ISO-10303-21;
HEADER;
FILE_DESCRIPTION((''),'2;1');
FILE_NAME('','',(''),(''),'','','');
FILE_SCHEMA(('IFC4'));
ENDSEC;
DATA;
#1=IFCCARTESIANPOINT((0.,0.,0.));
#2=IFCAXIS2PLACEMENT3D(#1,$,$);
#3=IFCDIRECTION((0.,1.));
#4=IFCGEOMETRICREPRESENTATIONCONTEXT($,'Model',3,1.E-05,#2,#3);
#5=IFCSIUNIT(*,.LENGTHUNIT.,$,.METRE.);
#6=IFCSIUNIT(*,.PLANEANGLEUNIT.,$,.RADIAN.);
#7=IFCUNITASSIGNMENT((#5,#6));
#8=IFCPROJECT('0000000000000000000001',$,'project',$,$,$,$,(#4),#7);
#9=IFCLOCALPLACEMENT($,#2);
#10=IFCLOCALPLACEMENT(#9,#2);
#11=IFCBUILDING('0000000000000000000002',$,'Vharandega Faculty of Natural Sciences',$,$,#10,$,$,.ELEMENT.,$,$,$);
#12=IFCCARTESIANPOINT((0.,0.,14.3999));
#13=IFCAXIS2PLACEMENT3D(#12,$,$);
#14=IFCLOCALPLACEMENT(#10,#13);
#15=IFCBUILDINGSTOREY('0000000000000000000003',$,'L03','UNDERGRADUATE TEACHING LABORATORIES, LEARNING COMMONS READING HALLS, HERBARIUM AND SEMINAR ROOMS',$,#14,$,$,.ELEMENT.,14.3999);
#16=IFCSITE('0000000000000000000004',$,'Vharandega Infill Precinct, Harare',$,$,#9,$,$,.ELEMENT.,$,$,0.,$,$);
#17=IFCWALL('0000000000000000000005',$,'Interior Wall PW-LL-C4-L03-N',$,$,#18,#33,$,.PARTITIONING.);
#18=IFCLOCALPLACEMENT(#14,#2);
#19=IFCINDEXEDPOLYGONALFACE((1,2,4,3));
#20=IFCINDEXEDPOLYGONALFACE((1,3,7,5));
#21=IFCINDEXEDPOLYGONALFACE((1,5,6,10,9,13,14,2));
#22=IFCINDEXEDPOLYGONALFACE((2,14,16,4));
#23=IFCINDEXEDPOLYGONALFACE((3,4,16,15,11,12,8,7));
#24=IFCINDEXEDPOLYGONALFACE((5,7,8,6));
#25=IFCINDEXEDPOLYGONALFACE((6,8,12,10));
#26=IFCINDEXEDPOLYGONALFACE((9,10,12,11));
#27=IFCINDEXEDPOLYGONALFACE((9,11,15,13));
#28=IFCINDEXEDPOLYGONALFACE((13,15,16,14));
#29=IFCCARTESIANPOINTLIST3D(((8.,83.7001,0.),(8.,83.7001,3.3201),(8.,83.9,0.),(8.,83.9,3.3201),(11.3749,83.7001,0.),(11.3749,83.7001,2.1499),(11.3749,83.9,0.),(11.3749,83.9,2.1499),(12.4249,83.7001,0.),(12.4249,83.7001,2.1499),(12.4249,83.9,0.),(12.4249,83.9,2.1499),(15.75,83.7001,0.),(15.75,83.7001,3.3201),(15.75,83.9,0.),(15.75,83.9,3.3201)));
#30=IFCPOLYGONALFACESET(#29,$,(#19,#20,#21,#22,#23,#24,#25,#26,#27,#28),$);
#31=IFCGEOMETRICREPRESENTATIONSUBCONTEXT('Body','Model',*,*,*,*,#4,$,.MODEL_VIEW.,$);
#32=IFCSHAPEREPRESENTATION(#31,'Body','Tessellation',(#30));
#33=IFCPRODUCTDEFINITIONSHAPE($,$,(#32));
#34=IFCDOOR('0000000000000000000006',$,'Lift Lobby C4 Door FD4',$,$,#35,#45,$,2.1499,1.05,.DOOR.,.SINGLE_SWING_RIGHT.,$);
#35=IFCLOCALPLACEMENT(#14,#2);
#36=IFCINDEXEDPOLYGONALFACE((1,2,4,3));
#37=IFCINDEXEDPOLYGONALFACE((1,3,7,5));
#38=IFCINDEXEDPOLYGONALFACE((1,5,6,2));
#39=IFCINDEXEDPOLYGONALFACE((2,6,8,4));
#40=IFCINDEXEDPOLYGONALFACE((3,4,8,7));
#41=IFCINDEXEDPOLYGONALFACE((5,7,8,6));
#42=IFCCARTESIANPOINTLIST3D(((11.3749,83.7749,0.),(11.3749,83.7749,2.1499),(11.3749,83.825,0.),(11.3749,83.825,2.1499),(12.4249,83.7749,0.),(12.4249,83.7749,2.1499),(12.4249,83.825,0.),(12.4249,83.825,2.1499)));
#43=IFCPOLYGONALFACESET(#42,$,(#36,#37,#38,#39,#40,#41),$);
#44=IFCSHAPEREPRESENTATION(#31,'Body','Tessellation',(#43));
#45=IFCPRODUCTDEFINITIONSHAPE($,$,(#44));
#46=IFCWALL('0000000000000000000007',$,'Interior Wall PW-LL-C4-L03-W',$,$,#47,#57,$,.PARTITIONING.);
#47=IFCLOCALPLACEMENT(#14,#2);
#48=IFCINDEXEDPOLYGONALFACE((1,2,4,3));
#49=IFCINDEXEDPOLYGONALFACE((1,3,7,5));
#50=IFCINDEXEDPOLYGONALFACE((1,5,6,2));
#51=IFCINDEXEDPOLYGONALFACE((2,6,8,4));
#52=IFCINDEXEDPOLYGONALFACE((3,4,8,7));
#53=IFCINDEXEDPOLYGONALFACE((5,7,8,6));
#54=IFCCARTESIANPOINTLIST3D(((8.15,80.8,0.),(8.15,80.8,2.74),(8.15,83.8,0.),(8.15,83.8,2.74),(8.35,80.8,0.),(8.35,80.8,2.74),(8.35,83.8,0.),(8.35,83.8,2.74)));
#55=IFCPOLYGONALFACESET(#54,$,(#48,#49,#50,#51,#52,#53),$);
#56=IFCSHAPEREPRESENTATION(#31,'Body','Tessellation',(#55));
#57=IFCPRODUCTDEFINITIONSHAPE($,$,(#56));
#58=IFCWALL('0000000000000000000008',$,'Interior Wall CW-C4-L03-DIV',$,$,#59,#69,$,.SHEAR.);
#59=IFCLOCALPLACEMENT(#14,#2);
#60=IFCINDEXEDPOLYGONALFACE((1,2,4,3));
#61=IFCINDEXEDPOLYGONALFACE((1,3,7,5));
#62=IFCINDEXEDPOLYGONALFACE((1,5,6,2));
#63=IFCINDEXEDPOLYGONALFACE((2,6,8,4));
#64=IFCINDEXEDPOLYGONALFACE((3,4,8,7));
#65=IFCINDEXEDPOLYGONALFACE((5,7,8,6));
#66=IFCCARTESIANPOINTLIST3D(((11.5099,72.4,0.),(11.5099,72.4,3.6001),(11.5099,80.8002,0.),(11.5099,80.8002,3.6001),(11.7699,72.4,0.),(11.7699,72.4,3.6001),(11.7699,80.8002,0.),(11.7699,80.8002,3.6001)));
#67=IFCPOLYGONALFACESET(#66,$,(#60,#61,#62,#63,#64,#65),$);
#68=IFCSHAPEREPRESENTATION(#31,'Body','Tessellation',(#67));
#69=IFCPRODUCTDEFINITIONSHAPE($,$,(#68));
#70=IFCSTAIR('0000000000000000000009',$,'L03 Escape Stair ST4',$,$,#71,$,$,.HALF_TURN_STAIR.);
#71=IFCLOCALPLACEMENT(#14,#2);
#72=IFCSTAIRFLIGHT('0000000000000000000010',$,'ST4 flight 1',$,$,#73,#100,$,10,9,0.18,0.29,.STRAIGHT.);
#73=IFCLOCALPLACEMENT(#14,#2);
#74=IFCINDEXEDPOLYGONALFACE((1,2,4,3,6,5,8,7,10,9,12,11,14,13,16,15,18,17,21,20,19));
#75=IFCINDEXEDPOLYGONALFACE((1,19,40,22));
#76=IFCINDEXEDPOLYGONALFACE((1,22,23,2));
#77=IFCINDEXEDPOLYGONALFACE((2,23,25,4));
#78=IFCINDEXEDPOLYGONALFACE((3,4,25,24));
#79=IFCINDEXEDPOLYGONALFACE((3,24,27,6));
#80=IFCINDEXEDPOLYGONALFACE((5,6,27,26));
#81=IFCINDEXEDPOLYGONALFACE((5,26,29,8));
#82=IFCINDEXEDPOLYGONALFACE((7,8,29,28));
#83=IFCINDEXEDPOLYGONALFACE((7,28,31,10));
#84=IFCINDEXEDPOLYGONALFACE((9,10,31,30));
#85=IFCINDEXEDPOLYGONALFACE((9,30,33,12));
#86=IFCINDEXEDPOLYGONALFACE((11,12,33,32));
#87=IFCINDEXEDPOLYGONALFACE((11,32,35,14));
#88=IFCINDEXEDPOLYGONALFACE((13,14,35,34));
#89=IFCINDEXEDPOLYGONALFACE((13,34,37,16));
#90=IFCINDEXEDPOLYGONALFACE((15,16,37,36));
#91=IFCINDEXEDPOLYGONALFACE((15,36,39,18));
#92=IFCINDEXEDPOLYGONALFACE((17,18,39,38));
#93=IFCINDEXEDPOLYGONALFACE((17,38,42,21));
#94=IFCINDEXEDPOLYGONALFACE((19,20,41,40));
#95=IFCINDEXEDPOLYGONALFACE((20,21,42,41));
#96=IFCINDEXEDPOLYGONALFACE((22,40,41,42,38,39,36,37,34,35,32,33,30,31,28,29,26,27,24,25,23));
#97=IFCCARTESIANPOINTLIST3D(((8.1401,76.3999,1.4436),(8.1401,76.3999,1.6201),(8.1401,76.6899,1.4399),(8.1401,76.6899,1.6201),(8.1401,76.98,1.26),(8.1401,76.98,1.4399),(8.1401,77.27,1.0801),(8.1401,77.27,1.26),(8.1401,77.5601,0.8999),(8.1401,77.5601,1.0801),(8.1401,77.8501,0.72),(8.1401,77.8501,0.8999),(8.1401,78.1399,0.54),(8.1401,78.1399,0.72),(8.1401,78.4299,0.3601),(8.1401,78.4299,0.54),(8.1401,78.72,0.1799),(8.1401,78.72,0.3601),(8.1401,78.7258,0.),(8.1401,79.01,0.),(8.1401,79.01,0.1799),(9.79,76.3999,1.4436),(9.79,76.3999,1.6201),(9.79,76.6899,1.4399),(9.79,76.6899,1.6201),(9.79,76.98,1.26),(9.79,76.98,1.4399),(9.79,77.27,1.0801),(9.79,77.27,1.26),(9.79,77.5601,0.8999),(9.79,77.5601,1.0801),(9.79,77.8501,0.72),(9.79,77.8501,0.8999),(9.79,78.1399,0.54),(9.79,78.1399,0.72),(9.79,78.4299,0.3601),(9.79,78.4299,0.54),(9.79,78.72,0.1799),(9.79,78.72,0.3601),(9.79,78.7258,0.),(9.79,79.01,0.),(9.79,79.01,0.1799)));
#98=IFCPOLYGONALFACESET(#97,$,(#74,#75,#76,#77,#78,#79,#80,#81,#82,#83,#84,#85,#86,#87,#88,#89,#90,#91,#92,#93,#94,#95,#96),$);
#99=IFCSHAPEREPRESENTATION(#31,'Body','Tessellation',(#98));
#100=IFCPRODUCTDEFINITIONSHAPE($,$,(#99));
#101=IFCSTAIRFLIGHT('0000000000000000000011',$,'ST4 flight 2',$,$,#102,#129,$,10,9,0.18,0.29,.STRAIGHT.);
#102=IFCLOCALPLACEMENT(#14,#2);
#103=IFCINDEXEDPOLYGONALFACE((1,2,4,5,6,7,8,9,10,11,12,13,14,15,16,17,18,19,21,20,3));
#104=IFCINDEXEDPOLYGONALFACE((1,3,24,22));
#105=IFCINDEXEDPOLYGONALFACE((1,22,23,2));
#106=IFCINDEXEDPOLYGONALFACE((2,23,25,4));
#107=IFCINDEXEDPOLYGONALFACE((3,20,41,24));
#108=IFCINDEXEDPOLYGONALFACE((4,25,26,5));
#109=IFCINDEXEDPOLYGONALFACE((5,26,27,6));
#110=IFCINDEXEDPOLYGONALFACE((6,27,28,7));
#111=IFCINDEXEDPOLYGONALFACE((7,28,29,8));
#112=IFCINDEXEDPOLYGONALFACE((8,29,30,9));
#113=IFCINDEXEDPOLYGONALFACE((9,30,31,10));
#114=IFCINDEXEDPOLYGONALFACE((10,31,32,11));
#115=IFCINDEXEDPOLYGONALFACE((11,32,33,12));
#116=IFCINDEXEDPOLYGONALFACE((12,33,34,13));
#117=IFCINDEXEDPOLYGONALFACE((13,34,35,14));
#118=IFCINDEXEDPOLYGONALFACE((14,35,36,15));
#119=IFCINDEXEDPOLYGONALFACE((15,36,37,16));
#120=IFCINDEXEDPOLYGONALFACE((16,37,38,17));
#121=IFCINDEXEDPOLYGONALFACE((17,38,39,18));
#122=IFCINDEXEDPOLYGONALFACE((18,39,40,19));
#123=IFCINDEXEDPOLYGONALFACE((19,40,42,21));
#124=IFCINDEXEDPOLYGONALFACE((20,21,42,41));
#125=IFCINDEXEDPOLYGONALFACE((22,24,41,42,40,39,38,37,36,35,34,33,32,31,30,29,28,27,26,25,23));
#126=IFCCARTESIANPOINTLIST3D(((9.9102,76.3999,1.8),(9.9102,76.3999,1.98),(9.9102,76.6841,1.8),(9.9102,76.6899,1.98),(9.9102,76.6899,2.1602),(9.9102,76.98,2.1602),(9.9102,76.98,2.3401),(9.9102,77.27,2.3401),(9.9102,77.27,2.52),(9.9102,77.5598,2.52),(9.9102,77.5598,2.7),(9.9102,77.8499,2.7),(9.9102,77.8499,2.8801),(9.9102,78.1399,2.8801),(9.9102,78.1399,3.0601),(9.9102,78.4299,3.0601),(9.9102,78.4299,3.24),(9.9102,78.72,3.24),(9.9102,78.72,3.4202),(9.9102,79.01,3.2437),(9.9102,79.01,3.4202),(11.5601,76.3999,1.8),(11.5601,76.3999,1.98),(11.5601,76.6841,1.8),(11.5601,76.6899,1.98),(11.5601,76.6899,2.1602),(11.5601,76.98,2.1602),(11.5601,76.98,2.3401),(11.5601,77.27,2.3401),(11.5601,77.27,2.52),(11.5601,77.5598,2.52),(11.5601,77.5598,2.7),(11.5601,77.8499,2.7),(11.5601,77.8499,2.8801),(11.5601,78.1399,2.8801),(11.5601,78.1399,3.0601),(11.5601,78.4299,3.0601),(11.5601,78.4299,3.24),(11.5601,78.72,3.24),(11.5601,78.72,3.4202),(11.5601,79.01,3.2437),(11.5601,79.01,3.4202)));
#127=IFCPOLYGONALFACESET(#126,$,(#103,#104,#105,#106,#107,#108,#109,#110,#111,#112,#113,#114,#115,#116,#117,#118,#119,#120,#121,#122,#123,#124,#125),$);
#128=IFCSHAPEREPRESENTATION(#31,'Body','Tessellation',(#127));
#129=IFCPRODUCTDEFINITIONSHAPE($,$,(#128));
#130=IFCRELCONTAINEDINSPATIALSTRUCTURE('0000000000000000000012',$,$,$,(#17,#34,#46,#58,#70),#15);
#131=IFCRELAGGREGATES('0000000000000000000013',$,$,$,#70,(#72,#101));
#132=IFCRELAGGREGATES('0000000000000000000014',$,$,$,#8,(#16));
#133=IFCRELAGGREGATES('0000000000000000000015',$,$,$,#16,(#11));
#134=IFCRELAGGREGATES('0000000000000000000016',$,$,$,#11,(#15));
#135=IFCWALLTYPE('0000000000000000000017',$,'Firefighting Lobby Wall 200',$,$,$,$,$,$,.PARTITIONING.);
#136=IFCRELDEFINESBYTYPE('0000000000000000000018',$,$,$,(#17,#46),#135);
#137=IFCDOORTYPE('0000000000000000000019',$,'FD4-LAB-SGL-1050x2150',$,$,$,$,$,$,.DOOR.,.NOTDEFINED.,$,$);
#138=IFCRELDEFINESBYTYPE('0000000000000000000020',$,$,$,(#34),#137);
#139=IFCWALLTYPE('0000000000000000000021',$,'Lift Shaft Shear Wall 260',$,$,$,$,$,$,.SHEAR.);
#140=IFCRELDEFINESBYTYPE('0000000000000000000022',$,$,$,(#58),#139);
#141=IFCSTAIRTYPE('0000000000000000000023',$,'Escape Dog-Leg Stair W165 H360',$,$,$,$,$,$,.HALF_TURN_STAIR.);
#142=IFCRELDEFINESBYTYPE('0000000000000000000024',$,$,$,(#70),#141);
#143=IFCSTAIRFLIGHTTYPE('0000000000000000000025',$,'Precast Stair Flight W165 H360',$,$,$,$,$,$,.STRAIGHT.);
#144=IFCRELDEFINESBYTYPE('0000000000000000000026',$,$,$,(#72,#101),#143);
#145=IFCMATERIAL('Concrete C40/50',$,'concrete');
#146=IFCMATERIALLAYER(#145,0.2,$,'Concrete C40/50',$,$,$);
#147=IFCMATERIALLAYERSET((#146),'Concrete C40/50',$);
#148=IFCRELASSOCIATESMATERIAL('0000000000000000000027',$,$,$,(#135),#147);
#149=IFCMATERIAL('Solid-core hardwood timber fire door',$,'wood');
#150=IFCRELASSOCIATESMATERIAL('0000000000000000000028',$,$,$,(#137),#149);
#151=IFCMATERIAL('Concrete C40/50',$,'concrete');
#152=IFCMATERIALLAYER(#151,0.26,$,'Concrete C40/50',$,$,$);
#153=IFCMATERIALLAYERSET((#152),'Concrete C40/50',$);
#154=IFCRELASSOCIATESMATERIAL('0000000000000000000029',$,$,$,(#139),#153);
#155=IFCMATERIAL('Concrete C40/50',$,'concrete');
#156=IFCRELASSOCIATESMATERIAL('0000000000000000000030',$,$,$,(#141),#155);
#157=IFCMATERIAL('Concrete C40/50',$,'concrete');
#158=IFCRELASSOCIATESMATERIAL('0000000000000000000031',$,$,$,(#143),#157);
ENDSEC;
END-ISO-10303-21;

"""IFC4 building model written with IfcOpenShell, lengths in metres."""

from ifc_helpers import new_model, si_unit, direction, frame, frame_2d, origin, place, context, subcontext, project, spatial, polyline, rectangle, outline, extrude, material, layer, layer_set, type_object, element, fill, aggregate, save


model = new_model("IFC4")

# Units and contexts
model_context = context("Model", 3, precision=1e-05, world=origin(), true_north=direction((0.0, 1.0)))
body_context = subcontext(model_context, "Body", "Model", "MODEL_VIEW")
ifc_project = project(units=[si_unit("LENGTHUNIT", "METRE"), si_unit("PLANEANGLEUNIT", "RADIAN")], contexts=[model_context])

# Site, building, storey
site_placement = place(None, origin())
site = spatial("IfcSite", under=ifc_project, at=site_placement, Name="Vharandega Infill Precinct, Harare", CompositionType="ELEMENT", RefElevation=0.0)
building_placement = place(site_placement, origin())
building = spatial("IfcBuilding", under=site, at=building_placement, Name="Vharandega Faculty of Natural Sciences", CompositionType="ELEMENT")
storey_placement = place(building_placement, frame((0.0, 0.0, 14.3999)))
storey = spatial("IfcBuildingStorey", under=building, at=storey_placement, Name="L03", Description="UNDERGRADUATE TEACHING LABORATORIES, LEARNING COMMONS READING HALLS, HERBARIUM AND SEMINAR ROOMS", CompositionType="ELEMENT", Elevation=14.3999)

# Wall, opening, door
ifc_material_1 = material(Name="Concrete C40/50", Category="concrete")
ifc_layer_1 = layer(ifc_material_1, 0.2, Name="Concrete C40/50")
ifc_layer_set_1 = layer_set([ifc_layer_1], Name="Concrete C40/50")
wall_type_1 = type_object("IfcWallType", Name="Firefighting Lobby Wall 200", PredefinedType="PARTITIONING", material=ifc_layer_set_1)
wall_1_placement = place(storey_placement, frame((8.0, 83.8, 0.0), z_axis=(0.0, 0.0, 1.0), x_axis=(1.0, 0.0, 0.0)))
wall_1 = element("IfcWall", 1, at=wall_1_placement, inside=storey, type_object=wall_type_1, Name="Interior Wall PW-LL-C4-L03-N", PredefinedType="PARTITIONING", context=body_context, shape_type="SweptSolid", body=[
    extrude(rectangle(XDim=7.75, YDim=0.2, at=frame_2d((3.875, 0.0))), origin(), (0.0, 0.0, 1.0), 3.3201),
])
opening_1_placement = place(wall_1_placement, frame((3.375, 0.0, 0.0)))
opening_1 = element("IfcOpeningElement", 2, at=opening_1_placement, cuts=wall_1, PredefinedType="OPENING", context=body_context, shape_type="SweptSolid", body=[
    extrude(rectangle(XDim=1.05, YDim=2.1499, at=frame_2d((0.5249, 1.075))), frame((0.0, 0.1099, 0.0), z_axis=(0.0, -1.0, 0.0), x_axis=(1.0, 0.0, 0.0)), (0.0, 0.0, 1.0), 0.22),
])
ifc_material_2 = material(Name="Solid-core hardwood timber fire door", Category="wood")
door_type_1 = type_object("IfcDoorType", Name="FD4-LAB-SGL-1050x2150", OperationType="NOTDEFINED", PredefinedType="DOOR", material=ifc_material_2)
door_1_placement = place(opening_1_placement, origin())
door_1 = element("IfcDoor", 3, at=door_1_placement, inside=storey, type_object=door_type_1, Name="Lift Lobby C4 Door FD4", OperationType="SINGLE_SWING_RIGHT", OverallHeight=2.1499, OverallWidth=1.05, PredefinedType="DOOR", context=body_context, shape_type="SweptSolid", body=[
    extrude(rectangle(XDim=1.05, YDim=2.1499, at=frame_2d((0.5249, 1.075))), frame((0.0, 0.0249, 0.0), z_axis=(0.0, -1.0, 0.0), x_axis=(1.0, 0.0, 0.0)), (0.0, 0.0, 1.0), 0.05),
])
fill(opening_1, door_1)

# Walls
wall_2_placement = place(storey_placement, frame((8.25, 80.8, 0.0), z_axis=(0.0, 0.0, 1.0), x_axis=(0.0, 1.0, 0.0)))
element("IfcWall", 4, at=wall_2_placement, inside=storey, type_object=wall_type_1, Name="Interior Wall PW-LL-C4-L03-W", PredefinedType="PARTITIONING", context=body_context, shape_type="SweptSolid", body=[
    extrude(rectangle(XDim=3.0, YDim=0.2, at=frame_2d((1.5, 0.0))), origin(), (0.0, 0.0, 1.0), 2.74),
])
ifc_material_3 = material(Name="Concrete C40/50", Category="concrete")
ifc_layer_2 = layer(ifc_material_3, 0.26, Name="Concrete C40/50")
ifc_layer_set_2 = layer_set([ifc_layer_2], Name="Concrete C40/50")
wall_type_2 = type_object("IfcWallType", Name="Lift Shaft Shear Wall 260", PredefinedType="SHEAR", material=ifc_layer_set_2)
wall_3_placement = place(storey_placement, frame((11.6399, 72.3999, 0.0), z_axis=(0.0, 0.0, 1.0), x_axis=(0.0, 1.0, 0.0)))
element("IfcWall", 5, at=wall_3_placement, inside=storey, type_object=wall_type_2, Name="Interior Wall CW-C4-L03-DIV", PredefinedType="SHEAR", context=body_context, shape_type="SweptSolid", body=[
    extrude(rectangle(XDim=8.4001, YDim=0.26, at=frame_2d((4.2002, 0.0))), origin(), (0.0, 0.0, 1.0), 3.6001),
])

# Stair, stair flights
ifc_material_4 = material(Name="Concrete C40/50", Category="concrete")
stair_type = type_object("IfcStairType", Name="Escape Dog-Leg Stair W165 H360", PredefinedType="HALF_TURN_STAIR", material=ifc_material_4)
stair_placement = place(storey_placement, origin())
stair = element("IfcStair", 6, at=stair_placement, inside=storey, type_object=stair_type, Name="L03 Escape Stair ST4", PredefinedType="HALF_TURN_STAIR")
ifc_material_5 = material(Name="Concrete C40/50", Category="concrete")
stair_flight_type = type_object("IfcStairFlightType", Name="Precast Stair Flight W165 H360", PredefinedType="STRAIGHT", material=ifc_material_5)
stair_flight_1_placement = place(storey_placement, frame((8.9651, 79.01, 0.0), z_axis=(0.0, 0.0, 1.0), x_axis=(0.0, -1.0, 0.0)))
stair_flight_1 = element("IfcStairFlight", 7, at=stair_flight_1_placement, type_object=stair_flight_type, Name="ST4 flight 1", NumberOfRisers=10, NumberOfTreads=9, PredefinedType="STRAIGHT", RiserHeight=0.18, TreadLength=0.29, context=body_context, shape_type="SweptSolid", body=[
    extrude(outline(polyline([(0.0, 0.0), (0.0, 0.1799), (0.29, 0.1799), (0.29, 0.3601), (0.5801, 0.3601), (0.5801, 0.54), (0.8701, 0.54), (0.8701, 0.72), (1.1599, 0.72), (1.1599, 0.8999), (1.45, 0.8999), (1.45, 1.0801), (1.74, 1.0801), (1.74, 1.26), (2.03, 1.26), (2.03, 1.4399), (2.3201, 1.4399), (2.3201, 1.6201), (2.6101, 1.6201), (2.6101, 1.8), (2.6101, 1.4436), (0.2842, 0.0), (0.0, 0.0)])), frame((0.0, 0.825, 0.0), z_axis=(0.0, -1.0, 0.0), x_axis=(1.0, 0.0, 0.0)), (0.0, 0.0, 1.0), 1.6499),
])
stair_flight_2_placement = place(storey_placement, frame((10.7351, 76.3999, 1.8), z_axis=(0.0, 0.0, 1.0), x_axis=(0.0, 1.0, 0.0)))
stair_flight_2 = element("IfcStairFlight", 8, at=stair_flight_2_placement, type_object=stair_flight_type, Name="ST4 flight 2", NumberOfRisers=10, NumberOfTreads=9, PredefinedType="STRAIGHT", RiserHeight=0.18, TreadLength=0.29, context=body_context, shape_type="SweptSolid", body=[
    extrude(outline(polyline([(0.0, 0.0), (0.0, 0.1799), (0.29, 0.1799), (0.29, 0.3601), (0.5801, 0.3601), (0.5801, 0.54), (0.8701, 0.54), (0.8701, 0.72), (1.1599, 0.72), (1.1599, 0.8999), (1.45, 0.8999), (1.45, 1.0801), (1.74, 1.0801), (1.74, 1.26), (2.03, 1.26), (2.03, 1.4399), (2.3201, 1.4399), (2.3201, 1.6201), (2.6101, 1.6201), (2.6101, 1.8), (2.6101, 1.4436), (0.2842, 0.0), (0.0, 0.0)])), frame((0.0, 0.825, 0.0), z_axis=(0.0, -1.0, 0.0), x_axis=(1.0, 0.0, 0.0)), (0.0, 0.0, 1.0), 1.6499),
])
aggregate(stair, [stair_flight_1, stair_flight_2])

save(model, "model.ifc")
